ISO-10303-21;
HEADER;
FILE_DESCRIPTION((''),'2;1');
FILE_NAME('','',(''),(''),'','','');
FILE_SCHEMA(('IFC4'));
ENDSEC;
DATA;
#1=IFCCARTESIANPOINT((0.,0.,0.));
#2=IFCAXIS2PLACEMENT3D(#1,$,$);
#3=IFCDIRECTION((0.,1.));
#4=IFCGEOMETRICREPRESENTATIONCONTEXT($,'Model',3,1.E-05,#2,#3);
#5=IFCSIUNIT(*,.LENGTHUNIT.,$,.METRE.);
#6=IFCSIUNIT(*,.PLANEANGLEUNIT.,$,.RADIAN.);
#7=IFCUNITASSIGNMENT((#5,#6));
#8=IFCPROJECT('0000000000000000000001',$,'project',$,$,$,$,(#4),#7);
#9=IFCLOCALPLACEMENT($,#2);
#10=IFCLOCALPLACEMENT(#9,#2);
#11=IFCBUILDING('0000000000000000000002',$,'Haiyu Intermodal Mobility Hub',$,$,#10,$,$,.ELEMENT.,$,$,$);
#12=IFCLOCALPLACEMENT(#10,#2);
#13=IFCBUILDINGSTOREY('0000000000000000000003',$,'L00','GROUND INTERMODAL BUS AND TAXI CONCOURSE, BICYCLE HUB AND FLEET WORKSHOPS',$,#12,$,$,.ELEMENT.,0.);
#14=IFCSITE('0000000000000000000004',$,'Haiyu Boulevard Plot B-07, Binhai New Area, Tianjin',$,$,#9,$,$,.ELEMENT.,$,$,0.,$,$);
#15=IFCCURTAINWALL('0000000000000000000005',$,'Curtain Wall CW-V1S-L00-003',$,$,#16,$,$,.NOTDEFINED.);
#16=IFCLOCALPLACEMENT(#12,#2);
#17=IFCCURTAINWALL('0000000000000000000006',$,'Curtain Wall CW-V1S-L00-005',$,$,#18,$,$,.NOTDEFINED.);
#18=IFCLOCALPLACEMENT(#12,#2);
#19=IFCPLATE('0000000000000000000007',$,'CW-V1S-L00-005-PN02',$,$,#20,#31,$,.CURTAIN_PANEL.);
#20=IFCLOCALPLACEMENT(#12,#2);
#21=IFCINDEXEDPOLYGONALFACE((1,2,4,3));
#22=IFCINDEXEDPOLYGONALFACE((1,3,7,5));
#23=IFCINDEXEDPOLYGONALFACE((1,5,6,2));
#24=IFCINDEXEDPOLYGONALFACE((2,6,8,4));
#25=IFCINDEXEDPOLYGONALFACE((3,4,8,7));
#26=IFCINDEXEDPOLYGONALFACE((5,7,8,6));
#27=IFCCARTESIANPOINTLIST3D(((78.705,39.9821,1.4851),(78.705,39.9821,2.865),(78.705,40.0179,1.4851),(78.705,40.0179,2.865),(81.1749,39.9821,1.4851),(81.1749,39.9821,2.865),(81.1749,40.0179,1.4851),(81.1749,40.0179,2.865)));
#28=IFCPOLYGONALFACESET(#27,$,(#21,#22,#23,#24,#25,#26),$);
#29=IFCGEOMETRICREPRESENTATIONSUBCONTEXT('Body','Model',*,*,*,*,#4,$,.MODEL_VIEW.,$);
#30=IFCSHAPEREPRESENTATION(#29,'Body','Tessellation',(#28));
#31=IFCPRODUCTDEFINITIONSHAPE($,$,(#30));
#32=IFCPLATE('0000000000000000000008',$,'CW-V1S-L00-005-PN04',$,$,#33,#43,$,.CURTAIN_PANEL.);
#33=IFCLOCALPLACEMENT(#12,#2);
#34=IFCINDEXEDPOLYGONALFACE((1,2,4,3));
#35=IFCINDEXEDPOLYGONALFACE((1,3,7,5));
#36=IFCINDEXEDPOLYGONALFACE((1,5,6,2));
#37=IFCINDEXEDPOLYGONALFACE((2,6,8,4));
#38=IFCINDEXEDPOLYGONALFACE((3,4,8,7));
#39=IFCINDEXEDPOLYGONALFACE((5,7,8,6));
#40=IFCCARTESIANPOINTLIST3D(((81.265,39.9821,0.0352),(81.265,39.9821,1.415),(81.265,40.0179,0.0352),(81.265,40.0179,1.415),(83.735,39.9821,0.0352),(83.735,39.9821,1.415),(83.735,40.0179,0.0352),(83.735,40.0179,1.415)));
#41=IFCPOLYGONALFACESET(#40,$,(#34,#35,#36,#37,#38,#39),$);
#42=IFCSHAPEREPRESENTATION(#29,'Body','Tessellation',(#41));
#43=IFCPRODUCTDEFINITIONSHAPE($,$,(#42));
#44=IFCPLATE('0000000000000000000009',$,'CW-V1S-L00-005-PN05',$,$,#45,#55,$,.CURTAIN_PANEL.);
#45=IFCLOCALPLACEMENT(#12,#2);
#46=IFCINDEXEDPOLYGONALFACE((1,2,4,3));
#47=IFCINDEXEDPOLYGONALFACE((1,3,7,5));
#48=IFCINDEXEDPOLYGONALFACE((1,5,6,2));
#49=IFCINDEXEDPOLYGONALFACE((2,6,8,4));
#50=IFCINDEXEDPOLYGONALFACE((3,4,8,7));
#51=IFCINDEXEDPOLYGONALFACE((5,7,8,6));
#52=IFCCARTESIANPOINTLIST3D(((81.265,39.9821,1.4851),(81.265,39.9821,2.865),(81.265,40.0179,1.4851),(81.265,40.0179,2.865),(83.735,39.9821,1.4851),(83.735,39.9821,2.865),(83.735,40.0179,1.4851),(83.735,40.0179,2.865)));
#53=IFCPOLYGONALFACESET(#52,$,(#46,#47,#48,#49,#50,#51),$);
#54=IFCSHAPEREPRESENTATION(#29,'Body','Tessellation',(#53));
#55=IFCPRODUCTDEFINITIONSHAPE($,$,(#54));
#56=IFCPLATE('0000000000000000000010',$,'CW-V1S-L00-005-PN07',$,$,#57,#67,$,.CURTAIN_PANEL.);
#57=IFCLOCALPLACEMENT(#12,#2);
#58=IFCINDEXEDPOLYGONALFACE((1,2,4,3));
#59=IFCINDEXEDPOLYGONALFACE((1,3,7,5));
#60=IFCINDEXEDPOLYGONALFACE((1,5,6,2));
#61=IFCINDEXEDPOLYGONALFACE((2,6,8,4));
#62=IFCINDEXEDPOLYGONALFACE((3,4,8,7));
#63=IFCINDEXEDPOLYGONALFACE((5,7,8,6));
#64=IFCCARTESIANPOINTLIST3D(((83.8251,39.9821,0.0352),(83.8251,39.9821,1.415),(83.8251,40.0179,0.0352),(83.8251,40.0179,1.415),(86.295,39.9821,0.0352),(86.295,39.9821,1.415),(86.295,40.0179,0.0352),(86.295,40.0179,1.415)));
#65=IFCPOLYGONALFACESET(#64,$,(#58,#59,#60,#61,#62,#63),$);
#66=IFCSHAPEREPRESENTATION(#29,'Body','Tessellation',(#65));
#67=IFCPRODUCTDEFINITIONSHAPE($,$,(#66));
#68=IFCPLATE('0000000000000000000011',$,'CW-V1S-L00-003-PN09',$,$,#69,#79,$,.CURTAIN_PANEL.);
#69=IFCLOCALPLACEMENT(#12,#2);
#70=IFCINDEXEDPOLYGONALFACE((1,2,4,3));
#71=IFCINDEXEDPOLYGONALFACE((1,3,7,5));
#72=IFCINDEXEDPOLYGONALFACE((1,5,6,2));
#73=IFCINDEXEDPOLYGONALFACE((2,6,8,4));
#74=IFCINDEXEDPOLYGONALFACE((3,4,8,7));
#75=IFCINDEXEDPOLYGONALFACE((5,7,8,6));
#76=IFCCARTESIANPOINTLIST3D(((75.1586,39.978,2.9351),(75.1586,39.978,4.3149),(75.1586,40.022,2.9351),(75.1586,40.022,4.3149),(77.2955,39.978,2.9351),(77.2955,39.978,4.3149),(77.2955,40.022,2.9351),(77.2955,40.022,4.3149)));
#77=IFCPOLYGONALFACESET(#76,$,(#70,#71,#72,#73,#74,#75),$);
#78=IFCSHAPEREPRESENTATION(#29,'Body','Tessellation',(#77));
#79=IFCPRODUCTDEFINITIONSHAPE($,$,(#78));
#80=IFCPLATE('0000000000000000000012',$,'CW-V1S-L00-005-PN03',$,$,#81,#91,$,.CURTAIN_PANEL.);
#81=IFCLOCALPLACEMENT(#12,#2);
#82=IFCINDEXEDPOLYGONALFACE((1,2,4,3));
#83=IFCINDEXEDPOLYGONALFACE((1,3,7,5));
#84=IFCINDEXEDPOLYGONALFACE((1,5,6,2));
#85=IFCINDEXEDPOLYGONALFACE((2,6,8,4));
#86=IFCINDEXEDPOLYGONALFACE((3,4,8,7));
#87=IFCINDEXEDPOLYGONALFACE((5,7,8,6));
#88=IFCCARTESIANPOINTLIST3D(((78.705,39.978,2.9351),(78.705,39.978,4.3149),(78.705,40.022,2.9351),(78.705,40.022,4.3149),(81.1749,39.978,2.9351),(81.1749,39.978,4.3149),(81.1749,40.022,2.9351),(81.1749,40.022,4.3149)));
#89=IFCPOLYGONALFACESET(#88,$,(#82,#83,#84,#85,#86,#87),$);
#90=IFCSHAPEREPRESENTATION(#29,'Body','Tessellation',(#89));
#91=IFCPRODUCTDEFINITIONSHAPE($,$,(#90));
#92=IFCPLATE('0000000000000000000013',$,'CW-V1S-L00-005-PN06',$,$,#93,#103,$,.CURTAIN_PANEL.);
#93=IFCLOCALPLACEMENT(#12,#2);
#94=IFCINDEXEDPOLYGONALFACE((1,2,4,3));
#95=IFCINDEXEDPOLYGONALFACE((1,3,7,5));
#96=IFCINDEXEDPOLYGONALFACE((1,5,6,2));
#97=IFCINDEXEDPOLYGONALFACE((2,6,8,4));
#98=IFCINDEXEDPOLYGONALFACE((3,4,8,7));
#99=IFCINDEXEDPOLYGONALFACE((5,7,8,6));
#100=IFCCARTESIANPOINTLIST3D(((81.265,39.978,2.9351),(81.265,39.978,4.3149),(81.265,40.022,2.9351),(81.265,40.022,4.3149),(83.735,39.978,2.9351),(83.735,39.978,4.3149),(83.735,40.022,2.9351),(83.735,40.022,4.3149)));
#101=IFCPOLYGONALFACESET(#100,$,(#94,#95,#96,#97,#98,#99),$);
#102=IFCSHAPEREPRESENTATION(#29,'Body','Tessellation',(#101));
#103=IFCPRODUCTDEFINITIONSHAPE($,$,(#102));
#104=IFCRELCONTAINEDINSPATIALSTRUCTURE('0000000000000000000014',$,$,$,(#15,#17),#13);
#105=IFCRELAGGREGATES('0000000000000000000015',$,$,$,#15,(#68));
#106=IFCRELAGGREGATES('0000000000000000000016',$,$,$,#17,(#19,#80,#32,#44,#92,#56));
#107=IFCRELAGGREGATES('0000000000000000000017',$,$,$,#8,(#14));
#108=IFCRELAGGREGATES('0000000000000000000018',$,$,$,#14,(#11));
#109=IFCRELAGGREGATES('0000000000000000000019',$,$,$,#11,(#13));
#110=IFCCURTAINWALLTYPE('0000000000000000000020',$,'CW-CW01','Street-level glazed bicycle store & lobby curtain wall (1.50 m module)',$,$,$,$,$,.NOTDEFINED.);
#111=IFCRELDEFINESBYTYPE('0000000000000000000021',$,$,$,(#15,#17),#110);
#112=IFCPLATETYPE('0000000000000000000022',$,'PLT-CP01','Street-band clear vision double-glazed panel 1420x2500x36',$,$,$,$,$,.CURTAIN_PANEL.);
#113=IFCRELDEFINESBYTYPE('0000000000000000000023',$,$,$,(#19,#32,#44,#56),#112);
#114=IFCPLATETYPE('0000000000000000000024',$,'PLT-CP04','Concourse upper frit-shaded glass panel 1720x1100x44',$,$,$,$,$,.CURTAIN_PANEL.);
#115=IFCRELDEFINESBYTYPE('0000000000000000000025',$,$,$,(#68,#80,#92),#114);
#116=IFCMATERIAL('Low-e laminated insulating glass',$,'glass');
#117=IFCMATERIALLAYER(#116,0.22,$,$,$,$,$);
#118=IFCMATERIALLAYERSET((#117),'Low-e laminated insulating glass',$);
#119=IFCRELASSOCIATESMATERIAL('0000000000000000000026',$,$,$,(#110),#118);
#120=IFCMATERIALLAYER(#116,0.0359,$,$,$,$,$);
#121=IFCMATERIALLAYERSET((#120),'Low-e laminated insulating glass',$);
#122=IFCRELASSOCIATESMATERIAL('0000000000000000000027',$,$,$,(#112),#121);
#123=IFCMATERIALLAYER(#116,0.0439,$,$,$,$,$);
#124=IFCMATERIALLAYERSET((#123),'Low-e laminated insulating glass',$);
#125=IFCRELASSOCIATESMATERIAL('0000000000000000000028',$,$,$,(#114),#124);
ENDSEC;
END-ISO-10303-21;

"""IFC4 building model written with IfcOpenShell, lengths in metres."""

from ifc_helpers import new_model, si_unit, direction, frame, origin, origin_2d, place, context, subcontext, project, spatial, rectangle, extrude, material, layer, layer_set, type_object, element, aggregate, save


model = new_model("IFC4")

# Units and contexts
model_context = context("Model", 3, precision=1e-05, world=origin(), true_north=direction((0.0, 1.0)))
body_context = subcontext(model_context, "Body", "Model", "MODEL_VIEW")
ifc_project = project(units=[si_unit("LENGTHUNIT", "METRE"), si_unit("PLANEANGLEUNIT", "RADIAN")], contexts=[model_context])

# Site, building, storey
site_placement = place(None, origin())
site = spatial("IfcSite", under=ifc_project, at=site_placement, Name="Haiyu Boulevard Plot B-07, Binhai New Area, Tianjin", CompositionType="ELEMENT", RefElevation=0.0)
building_placement = place(site_placement, origin())
building = spatial("IfcBuilding", under=site, at=building_placement, Name="Haiyu Intermodal Mobility Hub", CompositionType="ELEMENT")
storey_placement = place(building_placement, origin())
storey = spatial("IfcBuildingStorey", under=building, at=storey_placement, Name="L00", Description="GROUND INTERMODAL BUS AND TAXI CONCOURSE, BICYCLE HUB AND FLEET WORKSHOPS", CompositionType="ELEMENT", Elevation=0.0)

# Curtain wall
ifc_material_1 = material(Name="Low-e laminated insulating glass", Category="glass")
ifc_layer_1 = layer(ifc_material_1, 0.22)
ifc_layer_set_1 = layer_set([ifc_layer_1], Name="Low-e laminated insulating glass")
curtain_wall_type = type_object("IfcCurtainWallType", Name="CW-CW01", Description="Street-level glazed bicycle store & lobby curtain wall (1.50 m module)", PredefinedType="NOTDEFINED", material=ifc_layer_set_1)
curtain_wall_1_placement = place(storey_placement, origin())
curtain_wall_1 = element("IfcCurtainWall", 1, at=curtain_wall_1_placement, inside=storey, type_object=curtain_wall_type, Name="Curtain Wall CW-V1S-L00-003", PredefinedType="NOTDEFINED")

# Curtain wall
curtain_wall_2_placement = place(storey_placement, origin())
curtain_wall_2 = element("IfcCurtainWall", 2, at=curtain_wall_2_placement, inside=storey, type_object=curtain_wall_type, Name="Curtain Wall CW-V1S-L00-005", PredefinedType="NOTDEFINED")

# Plates
ifc_layer_2 = layer(ifc_material_1, 0.0359)
ifc_layer_set_2 = layer_set([ifc_layer_2], Name="Low-e laminated insulating glass")
plate_type_1 = type_object("IfcPlateType", Name="PLT-CP01", Description="Street-band clear vision double-glazed panel 1420x2500x36", PredefinedType="CURTAIN_PANEL", material=ifc_layer_set_2)
plate_1_placement = place(storey_placement, frame((79.9399, 40.0, 1.4851), z_axis=(0.0, 0.0, 1.0), x_axis=(1.0, 0.0, 0.0)))
plate_1 = element("IfcPlate", 3, at=plate_1_placement, type_object=plate_type_1, Name="CW-V1S-L00-005-PN02", PredefinedType="CURTAIN_PANEL", context=body_context, shape_type="SweptSolid", body=[
    extrude(rectangle(XDim=2.47, YDim=0.0359, at=origin_2d()), origin(), (0.0, 0.0, 1.0), 1.3799),
])
plate_2_placement = place(storey_placement, frame((82.5, 40.0, 0.0352), z_axis=(0.0, 0.0, 1.0), x_axis=(1.0, 0.0, 0.0)))
plate_2 = element("IfcPlate", 4, at=plate_2_placement, type_object=plate_type_1, Name="CW-V1S-L00-005-PN04", PredefinedType="CURTAIN_PANEL", context=body_context, shape_type="SweptSolid", body=[
    extrude(rectangle(XDim=2.47, YDim=0.0359, at=origin_2d()), origin(), (0.0, 0.0, 1.0), 1.3799),
])
plate_3_placement = place(storey_placement, frame((82.5, 40.0, 1.4851), z_axis=(0.0, 0.0, 1.0), x_axis=(1.0, 0.0, 0.0)))
plate_3 = element("IfcPlate", 5, at=plate_3_placement, type_object=plate_type_1, Name="CW-V1S-L00-005-PN05", PredefinedType="CURTAIN_PANEL", context=body_context, shape_type="SweptSolid", body=[
    extrude(rectangle(XDim=2.47, YDim=0.0359, at=origin_2d()), origin(), (0.0, 0.0, 1.0), 1.3799),
])
plate_4_placement = place(storey_placement, frame((85.0601, 40.0, 0.0352), z_axis=(0.0, 0.0, 1.0), x_axis=(1.0, 0.0, 0.0)))
plate_4 = element("IfcPlate", 6, at=plate_4_placement, type_object=plate_type_1, Name="CW-V1S-L00-005-PN07", PredefinedType="CURTAIN_PANEL", context=body_context, shape_type="SweptSolid", body=[
    extrude(rectangle(XDim=2.47, YDim=0.0359, at=origin_2d()), origin(), (0.0, 0.0, 1.0), 1.3799),
])
ifc_layer_3 = layer(ifc_material_1, 0.0439)
ifc_layer_set_3 = layer_set([ifc_layer_3], Name="Low-e laminated insulating glass")
plate_type_2 = type_object("IfcPlateType", Name="PLT-CP04", Description="Concourse upper frit-shaded glass panel 1720x1100x44", PredefinedType="CURTAIN_PANEL", material=ifc_layer_set_3)
plate_5_placement = place(storey_placement, frame((76.2271, 40.0, 2.9351), z_axis=(0.0, 0.0, 1.0), x_axis=(1.0, 0.0, 0.0)))
plate_5 = element("IfcPlate", 7, at=plate_5_placement, type_object=plate_type_2, Name="CW-V1S-L00-003-PN09", PredefinedType="CURTAIN_PANEL", context=body_context, shape_type="SweptSolid", body=[
    extrude(rectangle(XDim=2.137, YDim=0.0439, at=origin_2d()), origin(), (0.0, 0.0, 1.0), 1.3799),
])
aggregate(curtain_wall_1, [plate_5])
plate_6_placement = place(storey_placement, frame((79.9399, 40.0, 2.9351), z_axis=(0.0, 0.0, 1.0), x_axis=(1.0, 0.0, 0.0)))
plate_6 = element("IfcPlate", 8, at=plate_6_placement, type_object=plate_type_2, Name="CW-V1S-L00-005-PN03", PredefinedType="CURTAIN_PANEL", context=body_context, shape_type="SweptSolid", body=[
    extrude(rectangle(XDim=2.47, YDim=0.0439, at=origin_2d()), origin(), (0.0, 0.0, 1.0), 1.3799),
])
plate_7_placement = place(storey_placement, frame((82.5, 40.0, 2.9351), z_axis=(0.0, 0.0, 1.0), x_axis=(1.0, 0.0, 0.0)))
plate_7 = element("IfcPlate", 9, at=plate_7_placement, type_object=plate_type_2, Name="CW-V1S-L00-005-PN06", PredefinedType="CURTAIN_PANEL", context=body_context, shape_type="SweptSolid", body=[
    extrude(rectangle(XDim=2.47, YDim=0.0439, at=origin_2d()), origin(), (0.0, 0.0, 1.0), 1.3799),
])
aggregate(curtain_wall_2, [plate_1, plate_6, plate_2, plate_3, plate_7, plate_4])

save(model, "model.ifc")
